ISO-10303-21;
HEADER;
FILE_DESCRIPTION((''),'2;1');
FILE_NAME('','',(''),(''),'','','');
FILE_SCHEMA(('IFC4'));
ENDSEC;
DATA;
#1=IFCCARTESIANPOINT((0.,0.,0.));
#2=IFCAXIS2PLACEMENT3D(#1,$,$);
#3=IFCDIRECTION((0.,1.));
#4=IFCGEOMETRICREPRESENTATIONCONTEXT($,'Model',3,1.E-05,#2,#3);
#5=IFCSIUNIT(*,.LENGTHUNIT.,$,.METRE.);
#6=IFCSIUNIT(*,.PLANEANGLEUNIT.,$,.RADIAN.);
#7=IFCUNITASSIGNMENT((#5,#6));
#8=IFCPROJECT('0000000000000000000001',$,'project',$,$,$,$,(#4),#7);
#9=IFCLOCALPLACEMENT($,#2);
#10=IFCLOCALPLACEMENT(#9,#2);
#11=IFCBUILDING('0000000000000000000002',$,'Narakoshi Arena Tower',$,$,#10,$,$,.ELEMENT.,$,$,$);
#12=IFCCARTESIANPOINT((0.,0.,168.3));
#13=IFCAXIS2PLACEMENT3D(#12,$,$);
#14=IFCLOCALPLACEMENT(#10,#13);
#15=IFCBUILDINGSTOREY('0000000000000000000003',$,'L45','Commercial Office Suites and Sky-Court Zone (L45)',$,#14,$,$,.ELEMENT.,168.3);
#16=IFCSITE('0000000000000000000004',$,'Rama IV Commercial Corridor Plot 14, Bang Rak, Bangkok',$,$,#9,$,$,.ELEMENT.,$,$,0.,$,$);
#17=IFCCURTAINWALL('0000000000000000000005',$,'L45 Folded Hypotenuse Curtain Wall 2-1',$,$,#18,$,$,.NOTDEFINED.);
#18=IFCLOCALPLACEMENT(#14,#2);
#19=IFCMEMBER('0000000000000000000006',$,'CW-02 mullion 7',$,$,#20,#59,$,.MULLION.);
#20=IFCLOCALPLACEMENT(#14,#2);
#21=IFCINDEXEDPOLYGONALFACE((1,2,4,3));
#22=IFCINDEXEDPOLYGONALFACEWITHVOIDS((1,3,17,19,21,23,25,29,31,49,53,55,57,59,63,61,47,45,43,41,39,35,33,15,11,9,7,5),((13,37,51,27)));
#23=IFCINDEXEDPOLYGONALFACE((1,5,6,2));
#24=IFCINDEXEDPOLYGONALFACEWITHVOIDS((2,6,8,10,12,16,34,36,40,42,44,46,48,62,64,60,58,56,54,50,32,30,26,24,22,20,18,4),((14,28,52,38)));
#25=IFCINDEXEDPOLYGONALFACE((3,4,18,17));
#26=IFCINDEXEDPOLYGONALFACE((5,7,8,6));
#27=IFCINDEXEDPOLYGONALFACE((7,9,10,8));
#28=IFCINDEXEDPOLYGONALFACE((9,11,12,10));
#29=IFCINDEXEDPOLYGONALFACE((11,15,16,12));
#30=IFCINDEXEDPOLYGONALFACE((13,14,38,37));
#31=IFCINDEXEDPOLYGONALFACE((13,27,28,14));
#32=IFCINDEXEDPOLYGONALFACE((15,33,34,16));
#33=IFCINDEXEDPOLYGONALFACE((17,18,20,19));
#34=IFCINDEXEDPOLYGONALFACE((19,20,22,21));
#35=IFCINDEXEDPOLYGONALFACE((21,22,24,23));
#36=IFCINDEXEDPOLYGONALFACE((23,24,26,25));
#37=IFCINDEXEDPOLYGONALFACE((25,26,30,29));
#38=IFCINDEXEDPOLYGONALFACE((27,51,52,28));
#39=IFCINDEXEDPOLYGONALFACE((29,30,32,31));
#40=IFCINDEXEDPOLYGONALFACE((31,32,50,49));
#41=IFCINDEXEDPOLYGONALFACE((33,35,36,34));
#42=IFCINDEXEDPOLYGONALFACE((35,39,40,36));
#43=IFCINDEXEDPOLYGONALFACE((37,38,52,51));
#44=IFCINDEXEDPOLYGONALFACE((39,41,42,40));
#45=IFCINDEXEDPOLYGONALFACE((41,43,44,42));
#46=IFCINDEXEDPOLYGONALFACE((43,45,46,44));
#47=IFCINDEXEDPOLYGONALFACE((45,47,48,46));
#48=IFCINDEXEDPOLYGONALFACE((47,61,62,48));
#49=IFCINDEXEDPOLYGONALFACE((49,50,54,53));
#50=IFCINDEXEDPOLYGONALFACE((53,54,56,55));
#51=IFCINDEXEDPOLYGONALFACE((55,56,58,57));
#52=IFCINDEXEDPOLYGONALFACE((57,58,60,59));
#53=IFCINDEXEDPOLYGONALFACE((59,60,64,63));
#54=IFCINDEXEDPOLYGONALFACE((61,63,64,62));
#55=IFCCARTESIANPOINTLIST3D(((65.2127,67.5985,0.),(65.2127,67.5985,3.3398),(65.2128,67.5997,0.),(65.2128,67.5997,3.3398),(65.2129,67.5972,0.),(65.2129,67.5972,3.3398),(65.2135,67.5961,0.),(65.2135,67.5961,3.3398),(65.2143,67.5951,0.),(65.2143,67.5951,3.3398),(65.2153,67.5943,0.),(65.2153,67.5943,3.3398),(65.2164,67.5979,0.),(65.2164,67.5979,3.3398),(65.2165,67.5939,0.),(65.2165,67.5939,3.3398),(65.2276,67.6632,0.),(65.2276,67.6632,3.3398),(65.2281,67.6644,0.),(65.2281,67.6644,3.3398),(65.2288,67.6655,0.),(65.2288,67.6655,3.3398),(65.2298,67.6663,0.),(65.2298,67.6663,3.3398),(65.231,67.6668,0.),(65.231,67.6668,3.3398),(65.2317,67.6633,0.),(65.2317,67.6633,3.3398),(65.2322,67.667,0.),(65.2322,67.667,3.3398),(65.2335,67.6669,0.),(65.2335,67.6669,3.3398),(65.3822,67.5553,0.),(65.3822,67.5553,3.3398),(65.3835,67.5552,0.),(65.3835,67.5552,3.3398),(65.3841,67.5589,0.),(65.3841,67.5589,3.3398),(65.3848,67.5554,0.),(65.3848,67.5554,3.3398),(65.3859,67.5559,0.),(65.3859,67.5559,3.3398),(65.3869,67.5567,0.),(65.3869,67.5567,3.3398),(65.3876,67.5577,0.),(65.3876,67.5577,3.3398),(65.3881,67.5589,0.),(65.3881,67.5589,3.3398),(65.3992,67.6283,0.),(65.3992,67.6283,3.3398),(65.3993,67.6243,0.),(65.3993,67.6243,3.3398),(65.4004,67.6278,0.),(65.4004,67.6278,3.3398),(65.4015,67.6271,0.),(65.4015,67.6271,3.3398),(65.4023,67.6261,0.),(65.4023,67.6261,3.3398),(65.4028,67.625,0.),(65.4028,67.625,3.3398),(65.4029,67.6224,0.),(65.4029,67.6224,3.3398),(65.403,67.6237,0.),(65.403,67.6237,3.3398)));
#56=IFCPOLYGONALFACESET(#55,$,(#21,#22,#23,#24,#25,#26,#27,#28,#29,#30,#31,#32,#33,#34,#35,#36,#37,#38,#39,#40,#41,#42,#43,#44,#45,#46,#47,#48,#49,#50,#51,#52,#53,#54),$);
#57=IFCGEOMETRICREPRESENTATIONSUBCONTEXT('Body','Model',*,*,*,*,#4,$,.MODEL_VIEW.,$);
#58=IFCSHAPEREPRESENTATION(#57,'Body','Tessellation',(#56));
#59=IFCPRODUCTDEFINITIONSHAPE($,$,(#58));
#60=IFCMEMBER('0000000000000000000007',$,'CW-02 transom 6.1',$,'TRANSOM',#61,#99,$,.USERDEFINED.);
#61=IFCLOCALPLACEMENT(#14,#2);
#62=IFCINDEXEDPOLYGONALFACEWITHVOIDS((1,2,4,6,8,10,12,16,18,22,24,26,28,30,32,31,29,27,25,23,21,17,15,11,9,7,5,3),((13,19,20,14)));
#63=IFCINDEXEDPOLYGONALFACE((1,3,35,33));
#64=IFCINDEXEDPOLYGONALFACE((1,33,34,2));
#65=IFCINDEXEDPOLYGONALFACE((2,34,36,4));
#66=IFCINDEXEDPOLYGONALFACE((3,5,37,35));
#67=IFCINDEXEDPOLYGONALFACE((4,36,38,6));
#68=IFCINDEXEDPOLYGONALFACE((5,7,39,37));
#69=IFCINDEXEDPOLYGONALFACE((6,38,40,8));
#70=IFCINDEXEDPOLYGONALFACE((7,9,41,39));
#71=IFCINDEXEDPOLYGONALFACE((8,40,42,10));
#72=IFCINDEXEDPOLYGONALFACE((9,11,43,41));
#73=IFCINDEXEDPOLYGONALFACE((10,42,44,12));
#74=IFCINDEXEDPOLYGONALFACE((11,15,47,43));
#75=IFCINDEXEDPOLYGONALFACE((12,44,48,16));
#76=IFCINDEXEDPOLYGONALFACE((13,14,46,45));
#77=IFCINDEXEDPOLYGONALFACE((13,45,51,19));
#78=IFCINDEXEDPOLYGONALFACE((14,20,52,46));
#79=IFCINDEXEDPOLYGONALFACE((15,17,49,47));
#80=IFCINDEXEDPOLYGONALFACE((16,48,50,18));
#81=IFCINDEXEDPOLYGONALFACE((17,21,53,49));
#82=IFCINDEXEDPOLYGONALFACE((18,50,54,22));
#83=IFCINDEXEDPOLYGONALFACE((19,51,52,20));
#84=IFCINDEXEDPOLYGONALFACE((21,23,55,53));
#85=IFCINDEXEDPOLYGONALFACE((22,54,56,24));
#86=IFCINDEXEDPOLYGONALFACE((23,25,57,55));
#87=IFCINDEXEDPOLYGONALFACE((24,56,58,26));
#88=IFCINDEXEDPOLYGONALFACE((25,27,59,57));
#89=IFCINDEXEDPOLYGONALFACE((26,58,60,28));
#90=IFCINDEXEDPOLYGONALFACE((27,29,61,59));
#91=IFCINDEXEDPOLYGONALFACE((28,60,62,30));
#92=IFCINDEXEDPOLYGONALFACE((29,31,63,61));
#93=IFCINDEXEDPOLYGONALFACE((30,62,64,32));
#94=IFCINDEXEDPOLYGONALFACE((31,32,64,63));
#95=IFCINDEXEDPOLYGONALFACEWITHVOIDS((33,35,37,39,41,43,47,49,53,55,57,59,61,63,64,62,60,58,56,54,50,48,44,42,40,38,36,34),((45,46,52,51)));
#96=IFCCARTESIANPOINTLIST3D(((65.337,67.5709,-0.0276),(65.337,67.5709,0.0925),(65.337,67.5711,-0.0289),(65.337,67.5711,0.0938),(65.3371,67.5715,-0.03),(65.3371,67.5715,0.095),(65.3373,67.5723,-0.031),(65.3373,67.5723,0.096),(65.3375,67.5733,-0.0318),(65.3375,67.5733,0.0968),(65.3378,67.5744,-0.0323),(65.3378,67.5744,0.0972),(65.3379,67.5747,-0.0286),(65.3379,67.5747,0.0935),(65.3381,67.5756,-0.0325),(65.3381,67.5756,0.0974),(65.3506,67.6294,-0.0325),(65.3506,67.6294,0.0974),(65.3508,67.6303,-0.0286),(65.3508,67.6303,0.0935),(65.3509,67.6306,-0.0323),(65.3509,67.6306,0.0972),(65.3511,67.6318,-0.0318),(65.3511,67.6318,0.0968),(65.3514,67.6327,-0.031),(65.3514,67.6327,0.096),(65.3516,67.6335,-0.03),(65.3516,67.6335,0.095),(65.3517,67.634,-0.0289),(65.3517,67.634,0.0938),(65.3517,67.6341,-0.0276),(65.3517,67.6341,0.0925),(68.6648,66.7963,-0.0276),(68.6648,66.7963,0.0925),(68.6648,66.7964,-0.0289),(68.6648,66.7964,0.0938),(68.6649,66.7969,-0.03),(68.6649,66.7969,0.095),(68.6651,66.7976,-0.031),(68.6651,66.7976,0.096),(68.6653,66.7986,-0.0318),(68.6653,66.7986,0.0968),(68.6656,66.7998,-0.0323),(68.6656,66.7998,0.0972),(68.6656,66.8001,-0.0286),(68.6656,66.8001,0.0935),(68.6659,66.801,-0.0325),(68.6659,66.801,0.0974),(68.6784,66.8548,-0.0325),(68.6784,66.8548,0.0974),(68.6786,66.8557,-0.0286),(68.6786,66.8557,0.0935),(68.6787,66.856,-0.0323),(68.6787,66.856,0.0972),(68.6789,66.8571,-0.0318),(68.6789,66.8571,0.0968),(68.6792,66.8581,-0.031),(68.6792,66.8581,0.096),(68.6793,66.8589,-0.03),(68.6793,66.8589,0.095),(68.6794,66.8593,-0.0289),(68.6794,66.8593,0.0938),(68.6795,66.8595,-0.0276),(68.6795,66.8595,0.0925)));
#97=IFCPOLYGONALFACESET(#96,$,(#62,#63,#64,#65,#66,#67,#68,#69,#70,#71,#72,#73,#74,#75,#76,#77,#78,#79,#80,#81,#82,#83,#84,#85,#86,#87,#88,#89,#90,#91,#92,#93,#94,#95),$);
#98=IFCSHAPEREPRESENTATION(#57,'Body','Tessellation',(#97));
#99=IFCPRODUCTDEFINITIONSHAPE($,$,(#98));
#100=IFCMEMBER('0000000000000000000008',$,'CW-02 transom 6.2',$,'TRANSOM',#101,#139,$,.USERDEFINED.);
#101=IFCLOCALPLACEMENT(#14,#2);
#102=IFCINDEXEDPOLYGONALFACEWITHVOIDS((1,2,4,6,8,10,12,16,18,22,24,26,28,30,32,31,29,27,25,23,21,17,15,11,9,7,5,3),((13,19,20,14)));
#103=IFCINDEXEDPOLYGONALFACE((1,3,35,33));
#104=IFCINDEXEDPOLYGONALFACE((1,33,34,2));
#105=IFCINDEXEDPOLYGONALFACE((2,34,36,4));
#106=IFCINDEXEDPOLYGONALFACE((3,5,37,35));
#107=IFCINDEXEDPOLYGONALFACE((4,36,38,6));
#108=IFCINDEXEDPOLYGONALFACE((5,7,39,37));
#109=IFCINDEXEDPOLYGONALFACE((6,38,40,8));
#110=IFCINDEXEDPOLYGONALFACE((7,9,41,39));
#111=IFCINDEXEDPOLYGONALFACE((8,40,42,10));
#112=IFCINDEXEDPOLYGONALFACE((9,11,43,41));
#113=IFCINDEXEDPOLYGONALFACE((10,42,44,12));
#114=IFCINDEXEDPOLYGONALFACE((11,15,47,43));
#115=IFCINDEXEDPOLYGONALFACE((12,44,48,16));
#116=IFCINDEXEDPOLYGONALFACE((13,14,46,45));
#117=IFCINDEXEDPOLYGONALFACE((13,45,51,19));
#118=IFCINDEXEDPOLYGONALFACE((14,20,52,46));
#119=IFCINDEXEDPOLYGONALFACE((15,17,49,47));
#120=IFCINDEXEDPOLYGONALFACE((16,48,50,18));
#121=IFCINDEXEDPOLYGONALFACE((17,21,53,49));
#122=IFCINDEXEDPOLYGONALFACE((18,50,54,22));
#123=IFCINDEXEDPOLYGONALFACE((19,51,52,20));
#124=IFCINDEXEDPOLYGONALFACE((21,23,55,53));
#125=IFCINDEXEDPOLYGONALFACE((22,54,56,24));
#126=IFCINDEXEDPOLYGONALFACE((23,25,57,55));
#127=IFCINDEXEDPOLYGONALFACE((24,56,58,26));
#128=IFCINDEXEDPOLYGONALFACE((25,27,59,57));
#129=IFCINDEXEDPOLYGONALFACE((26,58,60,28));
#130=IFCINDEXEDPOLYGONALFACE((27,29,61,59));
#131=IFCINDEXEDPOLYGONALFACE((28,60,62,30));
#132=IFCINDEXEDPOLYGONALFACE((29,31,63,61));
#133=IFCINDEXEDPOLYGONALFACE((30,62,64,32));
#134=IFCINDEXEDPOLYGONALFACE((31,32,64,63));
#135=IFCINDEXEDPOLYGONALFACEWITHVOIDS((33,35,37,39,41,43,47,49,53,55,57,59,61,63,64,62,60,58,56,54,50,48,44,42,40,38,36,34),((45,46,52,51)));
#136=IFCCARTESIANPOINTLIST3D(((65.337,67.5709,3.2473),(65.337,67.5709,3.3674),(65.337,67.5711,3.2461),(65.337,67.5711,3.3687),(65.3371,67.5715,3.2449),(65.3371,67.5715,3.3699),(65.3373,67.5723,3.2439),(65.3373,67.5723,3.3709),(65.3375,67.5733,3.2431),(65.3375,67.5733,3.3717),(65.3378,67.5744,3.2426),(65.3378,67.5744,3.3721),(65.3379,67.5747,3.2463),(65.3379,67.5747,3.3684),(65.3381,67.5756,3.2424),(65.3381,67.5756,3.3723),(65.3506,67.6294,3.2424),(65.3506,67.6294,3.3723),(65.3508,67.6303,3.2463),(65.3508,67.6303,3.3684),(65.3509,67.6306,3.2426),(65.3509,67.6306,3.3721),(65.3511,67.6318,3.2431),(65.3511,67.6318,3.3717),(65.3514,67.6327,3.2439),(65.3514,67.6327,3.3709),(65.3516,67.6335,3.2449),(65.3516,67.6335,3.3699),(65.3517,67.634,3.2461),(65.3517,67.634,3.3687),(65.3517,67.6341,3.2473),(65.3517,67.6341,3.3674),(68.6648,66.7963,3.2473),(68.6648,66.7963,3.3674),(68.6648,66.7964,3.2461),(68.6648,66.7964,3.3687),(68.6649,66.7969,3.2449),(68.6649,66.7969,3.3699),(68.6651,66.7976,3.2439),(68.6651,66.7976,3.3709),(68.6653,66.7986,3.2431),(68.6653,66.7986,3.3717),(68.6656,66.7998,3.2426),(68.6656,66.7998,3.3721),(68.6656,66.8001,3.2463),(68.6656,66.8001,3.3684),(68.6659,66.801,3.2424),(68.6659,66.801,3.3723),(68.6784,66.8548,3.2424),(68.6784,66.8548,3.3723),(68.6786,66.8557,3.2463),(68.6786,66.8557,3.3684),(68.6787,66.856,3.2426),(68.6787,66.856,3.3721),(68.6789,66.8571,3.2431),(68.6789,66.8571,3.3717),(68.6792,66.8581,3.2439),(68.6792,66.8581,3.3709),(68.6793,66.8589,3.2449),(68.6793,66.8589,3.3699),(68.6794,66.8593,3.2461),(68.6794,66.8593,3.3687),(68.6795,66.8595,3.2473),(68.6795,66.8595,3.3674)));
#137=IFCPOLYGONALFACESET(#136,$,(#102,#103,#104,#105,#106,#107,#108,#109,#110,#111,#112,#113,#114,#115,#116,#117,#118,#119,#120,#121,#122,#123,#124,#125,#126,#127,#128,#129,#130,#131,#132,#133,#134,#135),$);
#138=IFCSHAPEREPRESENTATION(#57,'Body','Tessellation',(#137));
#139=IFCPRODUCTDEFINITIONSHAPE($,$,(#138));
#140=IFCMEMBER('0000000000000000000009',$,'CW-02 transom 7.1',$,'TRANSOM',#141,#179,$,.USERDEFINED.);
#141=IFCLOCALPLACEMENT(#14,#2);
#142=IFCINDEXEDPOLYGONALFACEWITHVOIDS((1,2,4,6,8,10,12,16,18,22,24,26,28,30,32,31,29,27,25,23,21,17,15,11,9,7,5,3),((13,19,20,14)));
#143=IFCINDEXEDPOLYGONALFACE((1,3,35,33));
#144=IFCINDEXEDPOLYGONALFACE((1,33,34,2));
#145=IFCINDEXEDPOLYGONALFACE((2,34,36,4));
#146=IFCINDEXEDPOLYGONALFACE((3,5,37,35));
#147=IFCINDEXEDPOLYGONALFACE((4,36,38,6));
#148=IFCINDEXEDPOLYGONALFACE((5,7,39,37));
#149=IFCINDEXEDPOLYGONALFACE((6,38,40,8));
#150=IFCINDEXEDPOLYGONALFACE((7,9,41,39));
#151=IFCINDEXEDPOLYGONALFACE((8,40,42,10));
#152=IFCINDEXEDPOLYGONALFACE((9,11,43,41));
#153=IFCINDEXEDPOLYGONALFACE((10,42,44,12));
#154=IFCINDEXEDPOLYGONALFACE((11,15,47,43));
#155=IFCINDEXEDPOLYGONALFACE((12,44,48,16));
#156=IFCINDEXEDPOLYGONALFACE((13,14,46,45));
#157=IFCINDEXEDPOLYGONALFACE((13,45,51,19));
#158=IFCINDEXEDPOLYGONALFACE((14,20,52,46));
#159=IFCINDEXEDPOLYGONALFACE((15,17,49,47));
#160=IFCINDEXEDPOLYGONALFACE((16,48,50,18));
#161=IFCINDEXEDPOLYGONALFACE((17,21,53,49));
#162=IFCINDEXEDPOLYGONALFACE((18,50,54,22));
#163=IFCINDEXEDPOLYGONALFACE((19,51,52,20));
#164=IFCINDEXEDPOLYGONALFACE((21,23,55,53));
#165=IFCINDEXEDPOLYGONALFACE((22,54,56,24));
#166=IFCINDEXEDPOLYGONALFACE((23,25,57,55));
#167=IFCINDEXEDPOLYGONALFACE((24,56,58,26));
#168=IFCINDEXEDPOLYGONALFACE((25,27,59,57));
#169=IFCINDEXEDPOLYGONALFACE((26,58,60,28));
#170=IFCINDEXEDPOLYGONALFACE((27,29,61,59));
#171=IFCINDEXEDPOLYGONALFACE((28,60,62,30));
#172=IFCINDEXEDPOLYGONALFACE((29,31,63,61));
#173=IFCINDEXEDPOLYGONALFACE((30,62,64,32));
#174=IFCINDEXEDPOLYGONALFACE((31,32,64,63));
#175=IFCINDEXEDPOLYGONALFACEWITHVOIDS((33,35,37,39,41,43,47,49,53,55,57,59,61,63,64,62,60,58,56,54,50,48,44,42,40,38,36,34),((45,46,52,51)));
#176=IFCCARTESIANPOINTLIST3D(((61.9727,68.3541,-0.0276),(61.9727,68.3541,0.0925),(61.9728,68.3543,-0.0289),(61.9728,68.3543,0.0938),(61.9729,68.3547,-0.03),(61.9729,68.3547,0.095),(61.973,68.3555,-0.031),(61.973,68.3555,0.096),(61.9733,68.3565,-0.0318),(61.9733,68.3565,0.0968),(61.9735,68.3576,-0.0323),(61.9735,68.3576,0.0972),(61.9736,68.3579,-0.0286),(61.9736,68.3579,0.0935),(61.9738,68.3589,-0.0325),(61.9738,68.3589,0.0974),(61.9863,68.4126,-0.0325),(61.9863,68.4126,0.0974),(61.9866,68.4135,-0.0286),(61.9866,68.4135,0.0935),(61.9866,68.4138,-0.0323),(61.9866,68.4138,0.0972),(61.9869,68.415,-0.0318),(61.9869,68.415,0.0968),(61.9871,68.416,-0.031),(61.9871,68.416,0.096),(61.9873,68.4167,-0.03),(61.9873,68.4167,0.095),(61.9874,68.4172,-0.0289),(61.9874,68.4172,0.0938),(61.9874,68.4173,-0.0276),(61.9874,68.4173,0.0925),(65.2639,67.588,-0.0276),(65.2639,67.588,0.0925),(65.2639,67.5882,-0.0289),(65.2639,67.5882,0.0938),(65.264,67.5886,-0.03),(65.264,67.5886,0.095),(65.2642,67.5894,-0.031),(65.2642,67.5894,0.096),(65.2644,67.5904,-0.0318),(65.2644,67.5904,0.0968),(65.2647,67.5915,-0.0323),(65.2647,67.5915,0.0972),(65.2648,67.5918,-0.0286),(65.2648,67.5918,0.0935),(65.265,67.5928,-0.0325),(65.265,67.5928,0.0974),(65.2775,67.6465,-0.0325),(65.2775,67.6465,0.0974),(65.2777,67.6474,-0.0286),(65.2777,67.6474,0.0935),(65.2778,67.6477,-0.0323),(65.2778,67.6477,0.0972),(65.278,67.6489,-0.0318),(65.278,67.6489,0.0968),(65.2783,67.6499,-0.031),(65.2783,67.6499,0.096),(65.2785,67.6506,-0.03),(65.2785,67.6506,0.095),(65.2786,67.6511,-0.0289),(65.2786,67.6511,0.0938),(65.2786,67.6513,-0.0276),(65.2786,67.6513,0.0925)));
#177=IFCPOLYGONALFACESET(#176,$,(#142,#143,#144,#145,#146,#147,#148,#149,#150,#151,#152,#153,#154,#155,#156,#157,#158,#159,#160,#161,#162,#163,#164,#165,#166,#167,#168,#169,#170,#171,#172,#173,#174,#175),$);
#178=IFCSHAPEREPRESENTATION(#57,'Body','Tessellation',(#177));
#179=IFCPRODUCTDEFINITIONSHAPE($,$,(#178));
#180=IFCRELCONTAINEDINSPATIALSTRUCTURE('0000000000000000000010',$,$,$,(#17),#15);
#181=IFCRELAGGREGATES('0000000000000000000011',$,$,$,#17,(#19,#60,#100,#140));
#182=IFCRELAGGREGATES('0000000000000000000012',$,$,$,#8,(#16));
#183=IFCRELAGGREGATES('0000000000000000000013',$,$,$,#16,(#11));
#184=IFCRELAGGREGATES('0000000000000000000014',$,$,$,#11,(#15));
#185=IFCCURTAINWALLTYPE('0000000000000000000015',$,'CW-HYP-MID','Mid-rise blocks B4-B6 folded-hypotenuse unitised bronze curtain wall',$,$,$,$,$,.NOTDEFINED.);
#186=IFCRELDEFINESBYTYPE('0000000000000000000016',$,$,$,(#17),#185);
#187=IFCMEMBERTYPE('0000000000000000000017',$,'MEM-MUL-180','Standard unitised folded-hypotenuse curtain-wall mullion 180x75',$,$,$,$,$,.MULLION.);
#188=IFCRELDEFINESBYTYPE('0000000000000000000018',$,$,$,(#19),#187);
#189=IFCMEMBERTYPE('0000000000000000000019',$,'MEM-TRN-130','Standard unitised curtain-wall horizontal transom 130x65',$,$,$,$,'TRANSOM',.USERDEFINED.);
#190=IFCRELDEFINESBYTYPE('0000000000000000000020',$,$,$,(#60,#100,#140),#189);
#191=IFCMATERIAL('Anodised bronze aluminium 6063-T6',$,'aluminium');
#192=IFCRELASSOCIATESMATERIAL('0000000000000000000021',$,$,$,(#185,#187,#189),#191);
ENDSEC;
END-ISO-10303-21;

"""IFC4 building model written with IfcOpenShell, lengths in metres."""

from ifc_helpers import new_model, si_unit, direction, frame, origin, origin_2d, place, context, subcontext, project, spatial, hollow_rectangle, extrude, material, material_profile, profile_set, type_object, element, aggregate, save


model = new_model("IFC4")

# Units and contexts
model_context = context("Model", 3, precision=1e-05, world=origin(), true_north=direction((0.0, 1.0)))
body_context = subcontext(model_context, "Body", "Model", "MODEL_VIEW")
ifc_project = project(units=[si_unit("LENGTHUNIT", "METRE"), si_unit("PLANEANGLEUNIT", "RADIAN")], contexts=[model_context])

# Site, building, storey
site_placement = place(None, origin())
site = spatial("IfcSite", under=ifc_project, at=site_placement, Name="Rama IV Commercial Corridor Plot 14, Bang Rak, Bangkok", CompositionType="ELEMENT", RefElevation=0.0)
building_placement = place(site_placement, origin())
building = spatial("IfcBuilding", under=site, at=building_placement, Name="Narakoshi Arena Tower", CompositionType="ELEMENT")
storey_placement = place(building_placement, frame((0.0, 0.0, 168.3)))
storey = spatial("IfcBuildingStorey", under=building, at=storey_placement, Name="L45", Description="Commercial Office Suites and Sky-Court Zone (L45)", CompositionType="ELEMENT", Elevation=168.3)

# Curtain wall, members
ifc_material_1 = material(Name="Anodised bronze aluminium 6063-T6", Category="aluminium")
curtain_wall_type = type_object("IfcCurtainWallType", Name="CW-HYP-MID", Description="Mid-rise blocks B4-B6 folded-hypotenuse unitised bronze curtain wall", PredefinedType="NOTDEFINED", material=ifc_material_1)
curtain_wall_placement = place(storey_placement, origin())
curtain_wall = element("IfcCurtainWall", 1, at=curtain_wall_placement, inside=storey, type_object=curtain_wall_type, Name="L45 Folded Hypotenuse Curtain Wall 2-1", PredefinedType="NOTDEFINED")
ifc_material_profile_1 = material_profile(ifc_material_1, hollow_rectangle(XDim=0.075, YDim=0.1799, WallThickness=0.0039, OuterFilletRadius=0.0049, at=origin_2d()), Name="MUL180x75x4")
ifc_profile_set_1 = profile_set([ifc_material_profile_1], Name="Anodised bronze aluminium 6063-T6")
member_type_1 = type_object("IfcMemberType", Name="MEM-MUL-180", Description="Standard unitised folded-hypotenuse curtain-wall mullion 180x75", PredefinedType="MULLION", material=ifc_profile_set_1)
member_1_placement = place(storey_placement, frame((65.3079, 67.6111, 0.0), z_axis=(0.0, 0.0, 1.0), x_axis=(-0.226721, -0.97396, 0.0)))
member_1 = element("IfcMember", 2, at=member_1_placement, type_object=member_type_1, Name="CW-02 mullion 7", PredefinedType="MULLION", context=body_context, shape_type="SweptSolid", body=[
    extrude(hollow_rectangle(XDim=0.075, YDim=0.1799, WallThickness=0.0039, OuterFilletRadius=0.0049, at=origin_2d()), origin(), (0.0, 0.0, 1.0), 3.3398),
])
ifc_material_profile_2 = material_profile(ifc_material_1, hollow_rectangle(XDim=0.0649, YDim=0.1299, WallThickness=0.0039, OuterFilletRadius=0.0049, at=origin_2d()), Name="TRN130x65x4")
ifc_profile_set_2 = profile_set([ifc_material_profile_2], Name="Anodised bronze aluminium 6063-T6")
member_type_2 = type_object("IfcMemberType", Name="MEM-TRN-130", Description="Standard unitised curtain-wall horizontal transom 130x65", ElementType="TRANSOM", PredefinedType="USERDEFINED", material=ifc_profile_set_2)
member_2_placement = place(storey_placement, frame((68.6721, 66.8279, 0.0325), z_axis=(-0.973961, 0.226717, 0.0), x_axis=(-0.226717, -0.973961, 0.0)))
member_2 = element("IfcMember", 3, at=member_2_placement, type_object=member_type_2, Name="CW-02 transom 6.1", ObjectType="TRANSOM", PredefinedType="USERDEFINED", context=body_context, shape_type="SweptSolid", body=[
    extrude(hollow_rectangle(XDim=0.0649, YDim=0.1299, WallThickness=0.0039, OuterFilletRadius=0.0049, at=origin_2d()), origin(), (0.0, 0.0, 1.0), 3.4167),
])
member_3_placement = place(storey_placement, frame((68.6721, 66.8279, 3.3074), z_axis=(-0.973961, 0.226717, 0.0), x_axis=(-0.226717, -0.973961, 0.0)))
member_3 = element("IfcMember", 4, at=member_3_placement, type_object=member_type_2, Name="CW-02 transom 6.2", ObjectType="TRANSOM", PredefinedType="USERDEFINED", context=body_context, shape_type="SweptSolid", body=[
    extrude(hollow_rectangle(XDim=0.0649, YDim=0.1299, WallThickness=0.0039, OuterFilletRadius=0.0049, at=origin_2d()), origin(), (0.0, 0.0, 1.0), 3.4167),
])
member_4_placement = place(storey_placement, frame((65.2712, 67.6196, 0.0325), z_axis=(-0.973962, 0.226711, 0.0), x_axis=(-0.226711, -0.973962, 0.0)))
member_4 = element("IfcMember", 5, at=member_4_placement, type_object=member_type_2, Name="CW-02 transom 7.1", ObjectType="TRANSOM", PredefinedType="USERDEFINED", context=body_context, shape_type="SweptSolid", body=[
    extrude(hollow_rectangle(XDim=0.0649, YDim=0.1299, WallThickness=0.0039, OuterFilletRadius=0.0049, at=origin_2d()), origin(), (0.0, 0.0, 1.0), 3.3792),
])
aggregate(curtain_wall, [member_1, member_2, member_3, member_4])

save(model, "model.ifc")
